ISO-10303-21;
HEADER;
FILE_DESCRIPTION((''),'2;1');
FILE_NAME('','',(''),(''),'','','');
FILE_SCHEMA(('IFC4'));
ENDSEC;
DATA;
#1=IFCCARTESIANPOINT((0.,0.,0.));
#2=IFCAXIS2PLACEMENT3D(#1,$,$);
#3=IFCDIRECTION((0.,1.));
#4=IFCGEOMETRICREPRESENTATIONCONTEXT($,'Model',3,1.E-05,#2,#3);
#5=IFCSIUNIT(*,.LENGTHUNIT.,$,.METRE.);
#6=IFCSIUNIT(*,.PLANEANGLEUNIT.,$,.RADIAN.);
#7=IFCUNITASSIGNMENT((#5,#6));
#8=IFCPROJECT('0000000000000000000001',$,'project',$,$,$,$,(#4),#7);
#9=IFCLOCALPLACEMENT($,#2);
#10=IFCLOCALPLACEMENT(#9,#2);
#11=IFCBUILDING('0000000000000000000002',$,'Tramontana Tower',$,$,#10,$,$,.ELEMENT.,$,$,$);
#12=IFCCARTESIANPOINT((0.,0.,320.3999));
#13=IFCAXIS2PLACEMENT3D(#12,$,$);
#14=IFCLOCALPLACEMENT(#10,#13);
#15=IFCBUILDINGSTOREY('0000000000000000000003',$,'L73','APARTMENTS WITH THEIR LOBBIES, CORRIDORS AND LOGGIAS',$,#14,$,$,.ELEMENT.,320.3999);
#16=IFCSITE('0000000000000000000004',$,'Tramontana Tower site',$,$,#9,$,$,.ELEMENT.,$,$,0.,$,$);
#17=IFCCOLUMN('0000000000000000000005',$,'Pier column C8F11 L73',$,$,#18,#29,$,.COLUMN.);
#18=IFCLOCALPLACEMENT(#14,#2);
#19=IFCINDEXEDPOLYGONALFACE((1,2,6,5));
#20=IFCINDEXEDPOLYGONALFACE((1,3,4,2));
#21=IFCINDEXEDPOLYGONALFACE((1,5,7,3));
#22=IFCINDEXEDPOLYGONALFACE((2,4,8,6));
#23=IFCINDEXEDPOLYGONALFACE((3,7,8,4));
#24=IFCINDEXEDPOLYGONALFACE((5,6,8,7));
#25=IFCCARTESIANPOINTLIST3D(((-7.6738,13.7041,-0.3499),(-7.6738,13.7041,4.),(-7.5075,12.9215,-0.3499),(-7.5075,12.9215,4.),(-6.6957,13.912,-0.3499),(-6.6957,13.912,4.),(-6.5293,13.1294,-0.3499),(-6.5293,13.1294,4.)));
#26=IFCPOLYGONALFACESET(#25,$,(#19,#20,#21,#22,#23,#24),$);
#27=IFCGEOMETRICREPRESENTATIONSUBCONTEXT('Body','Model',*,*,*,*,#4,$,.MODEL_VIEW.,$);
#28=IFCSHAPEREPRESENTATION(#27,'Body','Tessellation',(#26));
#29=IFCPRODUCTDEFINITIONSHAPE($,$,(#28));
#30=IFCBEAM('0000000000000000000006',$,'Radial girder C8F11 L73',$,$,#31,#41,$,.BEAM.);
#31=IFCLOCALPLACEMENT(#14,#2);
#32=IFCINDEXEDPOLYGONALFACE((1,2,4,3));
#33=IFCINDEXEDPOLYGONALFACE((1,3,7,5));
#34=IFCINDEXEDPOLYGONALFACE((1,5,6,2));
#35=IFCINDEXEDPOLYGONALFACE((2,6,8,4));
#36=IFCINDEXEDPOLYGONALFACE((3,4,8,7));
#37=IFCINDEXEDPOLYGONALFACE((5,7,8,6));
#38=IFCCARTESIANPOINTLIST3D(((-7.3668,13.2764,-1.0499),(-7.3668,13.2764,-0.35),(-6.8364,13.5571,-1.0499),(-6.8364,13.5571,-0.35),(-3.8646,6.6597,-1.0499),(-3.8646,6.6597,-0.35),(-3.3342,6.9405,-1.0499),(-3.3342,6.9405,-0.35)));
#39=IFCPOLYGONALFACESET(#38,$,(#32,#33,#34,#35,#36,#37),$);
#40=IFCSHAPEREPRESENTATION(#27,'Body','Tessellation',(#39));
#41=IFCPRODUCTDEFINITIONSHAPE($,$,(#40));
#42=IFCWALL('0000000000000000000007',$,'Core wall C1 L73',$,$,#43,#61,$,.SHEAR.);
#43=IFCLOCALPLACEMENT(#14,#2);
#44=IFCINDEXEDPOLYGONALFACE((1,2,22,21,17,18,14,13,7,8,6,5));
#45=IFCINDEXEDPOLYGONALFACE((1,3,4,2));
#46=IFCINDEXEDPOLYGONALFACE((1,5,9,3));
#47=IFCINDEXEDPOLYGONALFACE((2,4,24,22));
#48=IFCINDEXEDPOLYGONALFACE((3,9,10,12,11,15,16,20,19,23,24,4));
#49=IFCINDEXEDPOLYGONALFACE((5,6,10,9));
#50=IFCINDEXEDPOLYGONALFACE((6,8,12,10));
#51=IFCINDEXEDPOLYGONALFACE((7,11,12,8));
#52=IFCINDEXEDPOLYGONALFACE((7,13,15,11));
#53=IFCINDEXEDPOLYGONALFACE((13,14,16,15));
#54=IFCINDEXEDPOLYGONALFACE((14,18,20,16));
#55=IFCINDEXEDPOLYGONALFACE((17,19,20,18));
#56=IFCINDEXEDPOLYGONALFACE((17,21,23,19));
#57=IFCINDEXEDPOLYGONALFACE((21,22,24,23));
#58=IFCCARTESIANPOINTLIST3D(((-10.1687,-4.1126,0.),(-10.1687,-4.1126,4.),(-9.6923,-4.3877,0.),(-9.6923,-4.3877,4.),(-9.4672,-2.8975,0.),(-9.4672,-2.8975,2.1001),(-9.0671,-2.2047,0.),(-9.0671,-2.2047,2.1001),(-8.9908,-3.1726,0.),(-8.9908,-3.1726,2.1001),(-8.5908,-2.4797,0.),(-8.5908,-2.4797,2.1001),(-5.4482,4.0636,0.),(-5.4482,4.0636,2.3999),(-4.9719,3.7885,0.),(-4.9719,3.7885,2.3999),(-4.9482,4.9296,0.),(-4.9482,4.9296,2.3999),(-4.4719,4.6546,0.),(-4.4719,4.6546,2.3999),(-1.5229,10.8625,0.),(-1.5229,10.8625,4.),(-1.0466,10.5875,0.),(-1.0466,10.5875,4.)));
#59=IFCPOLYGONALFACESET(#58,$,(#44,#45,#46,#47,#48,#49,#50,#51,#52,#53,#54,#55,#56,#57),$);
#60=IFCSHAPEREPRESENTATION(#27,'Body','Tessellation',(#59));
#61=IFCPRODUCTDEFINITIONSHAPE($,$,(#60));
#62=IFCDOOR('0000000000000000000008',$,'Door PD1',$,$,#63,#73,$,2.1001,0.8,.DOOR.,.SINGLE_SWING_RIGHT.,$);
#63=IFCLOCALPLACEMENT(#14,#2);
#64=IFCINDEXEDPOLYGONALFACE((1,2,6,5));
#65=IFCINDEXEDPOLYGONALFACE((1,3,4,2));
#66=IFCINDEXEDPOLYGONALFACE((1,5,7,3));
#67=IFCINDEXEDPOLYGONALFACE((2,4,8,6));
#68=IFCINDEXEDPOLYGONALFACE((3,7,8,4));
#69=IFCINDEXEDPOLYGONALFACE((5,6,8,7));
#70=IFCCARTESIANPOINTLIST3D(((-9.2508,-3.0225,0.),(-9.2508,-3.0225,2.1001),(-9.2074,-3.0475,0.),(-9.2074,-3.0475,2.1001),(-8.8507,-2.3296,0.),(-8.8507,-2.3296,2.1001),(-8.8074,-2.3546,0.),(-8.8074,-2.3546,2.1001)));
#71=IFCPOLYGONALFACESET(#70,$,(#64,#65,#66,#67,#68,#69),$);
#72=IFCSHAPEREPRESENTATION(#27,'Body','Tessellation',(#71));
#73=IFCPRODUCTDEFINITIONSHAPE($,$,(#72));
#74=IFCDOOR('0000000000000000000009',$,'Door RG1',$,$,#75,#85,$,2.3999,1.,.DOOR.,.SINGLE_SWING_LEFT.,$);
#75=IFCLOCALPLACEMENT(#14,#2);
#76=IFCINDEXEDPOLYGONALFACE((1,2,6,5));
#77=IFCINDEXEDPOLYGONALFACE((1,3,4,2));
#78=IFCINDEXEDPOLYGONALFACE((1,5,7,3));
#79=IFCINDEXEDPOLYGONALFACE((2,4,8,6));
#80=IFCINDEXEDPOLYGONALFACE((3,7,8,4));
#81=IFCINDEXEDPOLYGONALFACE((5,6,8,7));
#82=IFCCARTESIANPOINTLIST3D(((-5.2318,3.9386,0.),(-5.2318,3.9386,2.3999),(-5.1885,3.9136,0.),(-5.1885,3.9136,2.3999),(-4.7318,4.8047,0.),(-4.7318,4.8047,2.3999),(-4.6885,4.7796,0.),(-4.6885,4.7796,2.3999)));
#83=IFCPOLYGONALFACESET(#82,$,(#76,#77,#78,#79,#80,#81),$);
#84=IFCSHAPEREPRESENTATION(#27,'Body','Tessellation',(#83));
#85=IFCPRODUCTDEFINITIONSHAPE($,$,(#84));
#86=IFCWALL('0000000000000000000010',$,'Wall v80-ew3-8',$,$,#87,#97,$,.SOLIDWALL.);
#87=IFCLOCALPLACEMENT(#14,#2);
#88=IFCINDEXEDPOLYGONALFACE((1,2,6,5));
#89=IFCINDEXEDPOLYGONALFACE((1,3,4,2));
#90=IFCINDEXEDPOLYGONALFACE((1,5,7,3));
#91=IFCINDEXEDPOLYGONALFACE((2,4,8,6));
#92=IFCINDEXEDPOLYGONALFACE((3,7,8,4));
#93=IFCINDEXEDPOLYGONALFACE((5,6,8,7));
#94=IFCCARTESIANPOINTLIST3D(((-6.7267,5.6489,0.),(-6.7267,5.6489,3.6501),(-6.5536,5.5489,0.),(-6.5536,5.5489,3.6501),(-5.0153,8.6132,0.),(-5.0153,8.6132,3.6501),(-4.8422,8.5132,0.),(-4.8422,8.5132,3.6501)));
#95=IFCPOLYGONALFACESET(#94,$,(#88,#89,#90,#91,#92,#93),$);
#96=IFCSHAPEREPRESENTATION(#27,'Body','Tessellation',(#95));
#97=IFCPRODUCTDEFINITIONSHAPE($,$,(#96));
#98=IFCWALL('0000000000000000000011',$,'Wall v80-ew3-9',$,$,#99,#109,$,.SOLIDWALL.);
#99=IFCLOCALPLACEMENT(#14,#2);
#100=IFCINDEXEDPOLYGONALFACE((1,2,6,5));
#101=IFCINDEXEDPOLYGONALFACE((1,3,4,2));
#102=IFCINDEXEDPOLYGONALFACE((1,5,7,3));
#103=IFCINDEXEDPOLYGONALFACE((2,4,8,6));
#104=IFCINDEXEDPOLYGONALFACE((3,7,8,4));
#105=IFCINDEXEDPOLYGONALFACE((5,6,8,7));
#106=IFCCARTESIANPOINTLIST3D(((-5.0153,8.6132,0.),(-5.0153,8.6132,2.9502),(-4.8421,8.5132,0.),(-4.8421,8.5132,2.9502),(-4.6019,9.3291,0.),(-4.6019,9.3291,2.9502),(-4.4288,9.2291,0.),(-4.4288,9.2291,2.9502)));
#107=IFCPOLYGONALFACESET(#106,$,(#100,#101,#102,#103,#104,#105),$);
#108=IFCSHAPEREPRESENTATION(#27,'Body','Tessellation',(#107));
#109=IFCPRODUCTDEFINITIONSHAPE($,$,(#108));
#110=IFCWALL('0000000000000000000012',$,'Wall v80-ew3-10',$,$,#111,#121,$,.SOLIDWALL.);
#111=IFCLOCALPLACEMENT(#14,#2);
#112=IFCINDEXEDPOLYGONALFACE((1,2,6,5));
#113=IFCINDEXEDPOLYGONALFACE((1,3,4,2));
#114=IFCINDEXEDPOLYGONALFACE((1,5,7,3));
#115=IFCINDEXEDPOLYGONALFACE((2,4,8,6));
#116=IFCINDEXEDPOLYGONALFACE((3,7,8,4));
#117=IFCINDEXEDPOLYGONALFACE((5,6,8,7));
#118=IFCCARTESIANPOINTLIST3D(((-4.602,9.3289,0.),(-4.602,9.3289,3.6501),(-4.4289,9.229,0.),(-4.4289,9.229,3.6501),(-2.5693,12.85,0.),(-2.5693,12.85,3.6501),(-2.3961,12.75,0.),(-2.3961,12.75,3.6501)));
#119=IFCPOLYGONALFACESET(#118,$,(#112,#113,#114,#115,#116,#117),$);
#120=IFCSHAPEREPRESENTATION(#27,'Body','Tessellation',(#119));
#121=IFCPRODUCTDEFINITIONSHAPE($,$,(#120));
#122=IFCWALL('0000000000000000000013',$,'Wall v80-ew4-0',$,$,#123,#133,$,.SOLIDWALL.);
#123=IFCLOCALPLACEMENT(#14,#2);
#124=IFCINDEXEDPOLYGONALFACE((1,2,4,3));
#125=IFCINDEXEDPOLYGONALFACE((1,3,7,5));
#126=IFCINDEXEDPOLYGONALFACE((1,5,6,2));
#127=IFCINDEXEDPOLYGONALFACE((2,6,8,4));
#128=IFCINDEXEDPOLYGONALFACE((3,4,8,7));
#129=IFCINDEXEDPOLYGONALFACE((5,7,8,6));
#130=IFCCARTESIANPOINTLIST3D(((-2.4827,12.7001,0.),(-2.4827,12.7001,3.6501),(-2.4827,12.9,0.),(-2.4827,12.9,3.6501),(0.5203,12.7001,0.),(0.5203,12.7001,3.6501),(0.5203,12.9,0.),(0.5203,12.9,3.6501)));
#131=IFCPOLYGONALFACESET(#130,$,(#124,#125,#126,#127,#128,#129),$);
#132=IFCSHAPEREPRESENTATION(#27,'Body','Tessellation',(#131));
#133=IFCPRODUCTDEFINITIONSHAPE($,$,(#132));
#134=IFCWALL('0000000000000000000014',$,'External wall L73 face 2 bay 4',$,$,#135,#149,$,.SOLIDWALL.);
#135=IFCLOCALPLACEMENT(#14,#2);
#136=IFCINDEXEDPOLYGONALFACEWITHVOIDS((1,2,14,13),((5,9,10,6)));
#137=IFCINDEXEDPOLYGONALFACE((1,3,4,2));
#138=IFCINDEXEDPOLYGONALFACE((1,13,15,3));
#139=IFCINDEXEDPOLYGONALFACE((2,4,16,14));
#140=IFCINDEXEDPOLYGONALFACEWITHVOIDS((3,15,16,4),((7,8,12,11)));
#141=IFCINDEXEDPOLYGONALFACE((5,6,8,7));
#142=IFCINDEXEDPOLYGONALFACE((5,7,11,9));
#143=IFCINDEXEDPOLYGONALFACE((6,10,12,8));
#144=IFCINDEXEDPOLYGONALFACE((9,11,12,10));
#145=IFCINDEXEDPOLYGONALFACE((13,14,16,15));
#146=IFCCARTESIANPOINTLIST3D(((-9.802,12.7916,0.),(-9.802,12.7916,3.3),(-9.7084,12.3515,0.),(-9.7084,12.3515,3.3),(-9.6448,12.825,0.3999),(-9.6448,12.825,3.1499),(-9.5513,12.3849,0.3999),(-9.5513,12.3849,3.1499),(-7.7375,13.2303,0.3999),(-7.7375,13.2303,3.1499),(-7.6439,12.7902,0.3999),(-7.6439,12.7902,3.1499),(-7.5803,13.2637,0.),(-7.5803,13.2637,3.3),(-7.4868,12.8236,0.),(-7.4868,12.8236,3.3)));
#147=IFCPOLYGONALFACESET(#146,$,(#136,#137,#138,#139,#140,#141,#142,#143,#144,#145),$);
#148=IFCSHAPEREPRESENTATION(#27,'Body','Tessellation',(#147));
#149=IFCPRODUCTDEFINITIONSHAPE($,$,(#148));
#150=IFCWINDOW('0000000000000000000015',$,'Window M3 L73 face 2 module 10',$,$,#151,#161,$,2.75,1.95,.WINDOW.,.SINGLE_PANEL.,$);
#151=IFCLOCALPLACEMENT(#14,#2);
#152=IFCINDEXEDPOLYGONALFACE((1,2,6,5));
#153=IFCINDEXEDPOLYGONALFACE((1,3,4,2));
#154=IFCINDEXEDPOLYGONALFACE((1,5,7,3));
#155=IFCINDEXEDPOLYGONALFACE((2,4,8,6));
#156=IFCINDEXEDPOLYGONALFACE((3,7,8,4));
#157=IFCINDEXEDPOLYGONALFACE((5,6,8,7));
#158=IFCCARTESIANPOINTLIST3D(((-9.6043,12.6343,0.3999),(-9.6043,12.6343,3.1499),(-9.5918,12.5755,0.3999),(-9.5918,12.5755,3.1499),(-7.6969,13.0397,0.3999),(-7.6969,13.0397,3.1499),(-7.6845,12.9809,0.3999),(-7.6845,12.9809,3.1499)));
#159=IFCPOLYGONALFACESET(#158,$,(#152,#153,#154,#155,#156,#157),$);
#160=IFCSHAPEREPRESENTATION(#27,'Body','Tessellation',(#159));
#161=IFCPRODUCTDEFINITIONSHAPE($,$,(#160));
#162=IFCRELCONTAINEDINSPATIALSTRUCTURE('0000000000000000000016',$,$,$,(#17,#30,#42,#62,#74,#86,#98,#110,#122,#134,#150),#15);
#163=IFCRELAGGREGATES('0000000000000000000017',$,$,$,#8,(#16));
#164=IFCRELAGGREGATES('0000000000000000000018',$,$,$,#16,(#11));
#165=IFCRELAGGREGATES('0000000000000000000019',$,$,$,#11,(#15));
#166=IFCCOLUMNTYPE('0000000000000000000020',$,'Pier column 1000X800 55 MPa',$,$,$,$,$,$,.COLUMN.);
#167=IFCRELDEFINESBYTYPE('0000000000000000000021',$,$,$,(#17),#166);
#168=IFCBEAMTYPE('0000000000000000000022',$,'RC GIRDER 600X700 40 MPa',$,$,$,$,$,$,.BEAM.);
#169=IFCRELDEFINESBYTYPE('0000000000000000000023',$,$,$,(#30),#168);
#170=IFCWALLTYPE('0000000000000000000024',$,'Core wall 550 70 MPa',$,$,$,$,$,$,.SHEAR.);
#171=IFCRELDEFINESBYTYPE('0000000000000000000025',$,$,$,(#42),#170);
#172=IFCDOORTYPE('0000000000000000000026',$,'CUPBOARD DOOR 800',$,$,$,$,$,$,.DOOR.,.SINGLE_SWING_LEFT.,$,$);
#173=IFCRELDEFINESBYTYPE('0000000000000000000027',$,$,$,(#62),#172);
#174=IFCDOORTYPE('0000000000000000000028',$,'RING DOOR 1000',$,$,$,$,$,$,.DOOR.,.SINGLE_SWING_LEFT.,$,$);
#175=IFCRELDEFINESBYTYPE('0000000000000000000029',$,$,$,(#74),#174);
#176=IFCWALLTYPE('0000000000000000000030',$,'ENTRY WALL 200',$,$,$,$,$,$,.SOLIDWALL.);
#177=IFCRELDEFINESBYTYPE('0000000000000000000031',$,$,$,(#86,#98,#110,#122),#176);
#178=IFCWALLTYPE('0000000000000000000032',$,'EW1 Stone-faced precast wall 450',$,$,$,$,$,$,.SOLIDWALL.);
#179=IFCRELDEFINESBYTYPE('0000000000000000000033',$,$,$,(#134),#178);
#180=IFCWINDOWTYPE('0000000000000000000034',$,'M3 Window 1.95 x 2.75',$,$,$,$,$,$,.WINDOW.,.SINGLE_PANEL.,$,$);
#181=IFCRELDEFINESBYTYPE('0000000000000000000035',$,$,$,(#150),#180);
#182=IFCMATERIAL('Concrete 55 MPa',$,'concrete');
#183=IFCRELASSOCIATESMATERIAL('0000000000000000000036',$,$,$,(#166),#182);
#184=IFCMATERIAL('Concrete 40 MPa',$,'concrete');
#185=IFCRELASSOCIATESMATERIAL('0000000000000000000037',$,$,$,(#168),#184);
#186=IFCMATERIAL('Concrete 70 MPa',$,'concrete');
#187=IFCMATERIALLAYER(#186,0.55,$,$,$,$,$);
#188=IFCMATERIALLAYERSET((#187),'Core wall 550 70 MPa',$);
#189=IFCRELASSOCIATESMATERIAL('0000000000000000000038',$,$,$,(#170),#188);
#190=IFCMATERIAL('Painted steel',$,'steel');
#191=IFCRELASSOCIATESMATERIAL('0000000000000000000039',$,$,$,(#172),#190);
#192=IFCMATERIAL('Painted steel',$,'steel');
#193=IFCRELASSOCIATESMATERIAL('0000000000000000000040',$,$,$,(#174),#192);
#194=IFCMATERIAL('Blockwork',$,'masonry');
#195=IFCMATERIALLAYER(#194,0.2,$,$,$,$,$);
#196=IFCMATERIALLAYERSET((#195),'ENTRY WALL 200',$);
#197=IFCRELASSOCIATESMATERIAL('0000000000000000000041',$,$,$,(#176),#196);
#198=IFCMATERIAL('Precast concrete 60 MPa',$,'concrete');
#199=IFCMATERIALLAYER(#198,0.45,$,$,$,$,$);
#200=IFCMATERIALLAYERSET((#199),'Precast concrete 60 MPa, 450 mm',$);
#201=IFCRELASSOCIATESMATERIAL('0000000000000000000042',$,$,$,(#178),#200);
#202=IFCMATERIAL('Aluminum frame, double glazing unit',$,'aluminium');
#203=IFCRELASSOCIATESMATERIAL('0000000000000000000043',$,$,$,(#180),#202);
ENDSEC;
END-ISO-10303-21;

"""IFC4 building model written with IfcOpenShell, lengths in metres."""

from ifc_helpers import new_model, si_unit, direction, frame, frame_2d, origin, origin_2d, place, context, subcontext, project, spatial, rectangle, extrude, material, layer, layer_set, material_profile, profile_set, type_object, element, fill, save


model = new_model("IFC4")

# Units and contexts
model_context = context("Model", 3, precision=1e-05, world=origin(), true_north=direction((0.0, 1.0)))
body_context = subcontext(model_context, "Body", "Model", "MODEL_VIEW")
ifc_project = project(units=[si_unit("LENGTHUNIT", "METRE"), si_unit("PLANEANGLEUNIT", "RADIAN")], contexts=[model_context])

# Site, building, storey
site_placement = place(None, origin())
site = spatial("IfcSite", under=ifc_project, at=site_placement, Name="Tramontana Tower site", CompositionType="ELEMENT", RefElevation=0.0)
building_placement = place(site_placement, origin())
building = spatial("IfcBuilding", under=site, at=building_placement, Name="Tramontana Tower", CompositionType="ELEMENT")
storey_placement = place(building_placement, frame((0.0, 0.0, 320.3999)))
storey = spatial("IfcBuildingStorey", under=building, at=storey_placement, Name="L73", Description="APARTMENTS WITH THEIR LOBBIES, CORRIDORS AND LOGGIAS", CompositionType="ELEMENT", Elevation=320.3999)

# Column
ifc_material_1 = material(Name="Concrete 55 MPa", Category="concrete")
ifc_material_profile_1 = material_profile(ifc_material_1, rectangle(XDim=1.0, YDim=0.8, at=origin_2d()), Name="Pier column 1000X800 55 MPa")
ifc_profile_set_1 = profile_set([ifc_material_profile_1], Name="Concrete 55 MPa")
column_type = type_object("IfcColumnType", Name="Pier column 1000X800 55 MPa", PredefinedType="COLUMN", material=ifc_profile_set_1)
column_placement = place(storey_placement, frame((-7.1016, 13.4167, -0.3499), z_axis=(0.0, 0.0, 1.0), x_axis=(-0.978148, -0.207912, 0.0)))
element("IfcColumn", 1, at=column_placement, inside=storey, type_object=column_type, Name="Pier column C8F11 L73", PredefinedType="COLUMN", context=body_context, shape_type="SweptSolid", body=[
    extrude(rectangle(XDim=1.0, YDim=0.8, at=origin_2d()), origin(), (0.0, 0.0, 1.0), 4.3499),
])

# Beam
ifc_material_2 = material(Name="Concrete 40 MPa", Category="concrete")
ifc_material_profile_2 = material_profile(ifc_material_2, rectangle(XDim=0.6001, YDim=0.7, at=origin_2d()), Name="RC GIRDER 600X700 40 MPa")
ifc_profile_set_2 = profile_set([ifc_material_profile_2], Name="Concrete 40 MPa")
beam_type = type_object("IfcBeamType", Name="RC GIRDER 600X700 40 MPa", PredefinedType="BEAM", material=ifc_profile_set_2)
beam_placement = place(storey_placement, frame((-7.1016, 13.4167, -0.7), z_axis=(0.467808, -0.88383, 0.0), x_axis=(0.88383, 0.467808, 0.0)))
element("IfcBeam", 2, at=beam_placement, inside=storey, type_object=beam_type, Name="Radial girder C8F11 L73", PredefinedType="BEAM", context=body_context, shape_type="SweptSolid", body=[
    extrude(rectangle(XDim=0.6001, YDim=0.7, at=origin_2d()), origin(), (0.0, 0.0, 1.0), 7.4863),
])

# Wall, openings, doors
ifc_material_3 = material(Name="Concrete 70 MPa", Category="concrete")
ifc_layer_1 = layer(ifc_material_3, 0.55)
ifc_layer_set_1 = layer_set([ifc_layer_1], Name="Core wall 550 70 MPa")
wall_type_1 = type_object("IfcWallType", Name="Core wall 550 70 MPa", PredefinedType="SHEAR", material=ifc_layer_set_1)
wall_1_placement = place(storey_placement, frame((-1.2847, 10.7251, 0.0), z_axis=(0.0, 0.0, 1.0), x_axis=(-0.499995, -0.866029, 0.0)))
wall_1 = element("IfcWall", 3, at=wall_1_placement, inside=storey, type_object=wall_type_1, Name="Core wall C1 L73", PredefinedType="SHEAR", context=body_context, shape_type="SweptSolid", body=[
    extrude(rectangle(XDim=17.2917, YDim=0.55, at=frame_2d((8.646, 0.0))), origin(), (0.0, 0.0, 1.0), 4.0),
])
opening_1_placement = place(wall_1_placement, frame((6.8508, 0.0, 0.0)))
opening_1 = element("IfcOpeningElement", 4, at=opening_1_placement, cuts=wall_1, PredefinedType="OPENING", context=body_context, shape_type="SweptSolid", body=[
    extrude(rectangle(XDim=1.0, YDim=2.3999, at=frame_2d((0.5, 1.2))), frame((0.0, 0.2849, 0.0), z_axis=(0.0, -1.0, 0.0), x_axis=(1.0, 0.0, 0.0)), (0.0, 0.0, 1.0), 0.5701),
])
opening_2_placement = place(wall_1_placement, frame((15.0889, 0.0, 0.0)))
opening_2 = element("IfcOpeningElement", 5, at=opening_2_placement, cuts=wall_1, PredefinedType="OPENING", context=body_context, shape_type="SweptSolid", body=[
    extrude(rectangle(XDim=0.8, YDim=2.1001, at=frame_2d((0.3999, 1.05))), frame((0.0, 0.2849, 0.0), z_axis=(0.0, -1.0, 0.0), x_axis=(1.0, 0.0, 0.0)), (0.0, 0.0, 1.0), 0.5701),
])
ifc_material_4 = material(Name="Painted steel", Category="steel")
door_type_1 = type_object("IfcDoorType", Name="CUPBOARD DOOR 800", OperationType="SINGLE_SWING_LEFT", PredefinedType="DOOR", material=ifc_material_4)
door_1_placement = place(opening_2_placement, origin())
door_1 = element("IfcDoor", 6, at=door_1_placement, inside=storey, type_object=door_type_1, Name="Door PD1", OperationType="SINGLE_SWING_RIGHT", OverallHeight=2.1001, OverallWidth=0.8, PredefinedType="DOOR", context=body_context, shape_type="SweptSolid", body=[
    extrude(rectangle(XDim=0.8, YDim=2.1001, at=frame_2d((0.3999, 1.05))), frame((0.0, 0.0249, 0.0), z_axis=(0.0, -1.0, 0.0), x_axis=(1.0, 0.0, 0.0)), (0.0, 0.0, 1.0), 0.05),
])
fill(opening_2, door_1)
ifc_material_5 = material(Name="Painted steel", Category="steel")
door_type_2 = type_object("IfcDoorType", Name="RING DOOR 1000", OperationType="SINGLE_SWING_LEFT", PredefinedType="DOOR", material=ifc_material_5)
door_2_placement = place(opening_1_placement, origin())
door_2 = element("IfcDoor", 7, at=door_2_placement, inside=storey, type_object=door_type_2, Name="Door RG1", OperationType="SINGLE_SWING_LEFT", OverallHeight=2.3999, OverallWidth=1.0, PredefinedType="DOOR", context=body_context, shape_type="SweptSolid", body=[
    extrude(rectangle(XDim=1.0, YDim=2.3999, at=frame_2d((0.5, 1.2))), frame((0.0, 0.0249, 0.0), z_axis=(0.0, -1.0, 0.0), x_axis=(1.0, 0.0, 0.0)), (0.0, 0.0, 1.0), 0.05),
])
fill(opening_1, door_2)

# Walls
ifc_material_6 = material(Name="Blockwork", Category="masonry")
ifc_layer_2 = layer(ifc_material_6, 0.2)
ifc_layer_set_2 = layer_set([ifc_layer_2], Name="ENTRY WALL 200")
wall_type_2 = type_object("IfcWallType", Name="ENTRY WALL 200", PredefinedType="SOLIDWALL", material=ifc_layer_set_2)
wall_2_placement = place(storey_placement, frame((-6.6401, 5.5989, 0.0), z_axis=(0.0, 0.0, 1.0), x_axis=(0.49999, 0.866031, 0.0)))
element("IfcWall", 8, at=wall_2_placement, inside=storey, type_object=wall_type_2, Name="Wall v80-ew3-8", PredefinedType="SOLIDWALL", context=body_context, shape_type="SweptSolid", body=[
    extrude(rectangle(XDim=3.4229, YDim=0.2, at=frame_2d((1.7114, 0.0))), origin(), (0.0, 0.0, 1.0), 3.6501),
])
wall_3_placement = place(storey_placement, frame((-4.9287, 8.5632, 0.0), z_axis=(0.0, 0.0, 1.0), x_axis=(0.500046, 0.865999, 0.0)))
element("IfcWall", 9, at=wall_3_placement, inside=storey, type_object=wall_type_2, Name="Wall v80-ew3-9", PredefinedType="SOLIDWALL", context=body_context, shape_type="SweptSolid", body=[
    extrude(rectangle(XDim=0.8267, YDim=0.2, at=frame_2d((0.4133, 0.0))), origin(), (0.0, 0.0, 1.0), 2.9502),
])
wall_4_placement = place(storey_placement, frame((-4.5154, 9.2791, 0.0), z_axis=(0.0, 0.0, 1.0), x_axis=(0.499975, 0.86604, 0.0)))
element("IfcWall", 10, at=wall_4_placement, inside=storey, type_object=wall_type_2, Name="Wall v80-ew3-10", PredefinedType="SOLIDWALL", context=body_context, shape_type="SweptSolid", body=[
    extrude(rectangle(XDim=4.0657, YDim=0.2, at=frame_2d((2.0327, 0.0))), origin(), (0.0, 0.0, 1.0), 3.6501),
])
wall_5_placement = place(storey_placement, frame((-2.4827, 12.8, 0.0), z_axis=(0.0, 0.0, 1.0), x_axis=(1.0, 0.0, 0.0)))
element("IfcWall", 11, at=wall_5_placement, inside=storey, type_object=wall_type_2, Name="Wall v80-ew4-0", PredefinedType="SOLIDWALL", context=body_context, shape_type="SweptSolid", body=[
    extrude(rectangle(XDim=3.0029, YDim=0.2, at=frame_2d((1.5015, 0.0))), origin(), (0.0, 0.0, 1.0), 3.6501),
])

# Wall, opening, window
ifc_material_7 = material(Name="Precast concrete 60 MPa", Category="concrete")
ifc_layer_3 = layer(ifc_material_7, 0.45)
ifc_layer_set_3 = layer_set([ifc_layer_3], Name="Precast concrete 60 MPa, 450 mm")
wall_type_3 = type_object("IfcWallType", Name="EW1 Stone-faced precast wall 450", PredefinedType="SOLIDWALL", material=ifc_layer_set_3)
wall_6_placement = place(storey_placement, frame((-7.5334, 13.0437, 0.0), z_axis=(0.0, 0.0, 1.0), x_axis=(-0.978153, -0.207884, 0.0)))
wall_6 = element("IfcWall", 12, at=wall_6_placement, inside=storey, type_object=wall_type_3, Name="External wall L73 face 2 bay 4", PredefinedType="SOLIDWALL", context=body_context, shape_type="SweptSolid", body=[
    extrude(rectangle(XDim=2.2712, YDim=0.45, at=frame_2d((1.1357, 0.0))), origin(), (0.0, 0.0, 1.0), 3.3),
])
opening_3_placement = place(wall_6_placement, frame((0.1606, 0.0, 0.3999)))
opening_3 = element("IfcOpeningElement", 13, at=opening_3_placement, cuts=wall_6, PredefinedType="OPENING", context=body_context, shape_type="SweptSolid", body=[
    extrude(rectangle(XDim=1.95, YDim=2.75, at=frame_2d((0.9751, 1.375))), frame((0.0, 0.2349, 0.0), z_axis=(0.0, -1.0, 0.0), x_axis=(1.0, 0.0, 0.0)), (0.0, 0.0, 1.0), 0.47),
])
ifc_material_8 = material(Name="Aluminum frame, double glazing unit", Category="aluminium")
window_type = type_object("IfcWindowType", Name="M3 Window 1.95 x 2.75", PartitioningType="SINGLE_PANEL", PredefinedType="WINDOW", material=ifc_material_8)
window_placement = place(opening_3_placement, origin())
window = element("IfcWindow", 14, at=window_placement, inside=storey, type_object=window_type, Name="Window M3 L73 face 2 module 10", OverallHeight=2.75, OverallWidth=1.95, PartitioningType="SINGLE_PANEL", PredefinedType="WINDOW", context=body_context, shape_type="SweptSolid", body=[
    extrude(rectangle(XDim=1.95, YDim=2.75, at=frame_2d((0.9751, 1.375))), frame((0.0, 0.03, 0.0), z_axis=(0.0, -1.0, 0.0), x_axis=(1.0, 0.0, 0.0)), (0.0, 0.0, 1.0), 0.0601),
])
fill(opening_3, window)

save(model, "model.ifc")
